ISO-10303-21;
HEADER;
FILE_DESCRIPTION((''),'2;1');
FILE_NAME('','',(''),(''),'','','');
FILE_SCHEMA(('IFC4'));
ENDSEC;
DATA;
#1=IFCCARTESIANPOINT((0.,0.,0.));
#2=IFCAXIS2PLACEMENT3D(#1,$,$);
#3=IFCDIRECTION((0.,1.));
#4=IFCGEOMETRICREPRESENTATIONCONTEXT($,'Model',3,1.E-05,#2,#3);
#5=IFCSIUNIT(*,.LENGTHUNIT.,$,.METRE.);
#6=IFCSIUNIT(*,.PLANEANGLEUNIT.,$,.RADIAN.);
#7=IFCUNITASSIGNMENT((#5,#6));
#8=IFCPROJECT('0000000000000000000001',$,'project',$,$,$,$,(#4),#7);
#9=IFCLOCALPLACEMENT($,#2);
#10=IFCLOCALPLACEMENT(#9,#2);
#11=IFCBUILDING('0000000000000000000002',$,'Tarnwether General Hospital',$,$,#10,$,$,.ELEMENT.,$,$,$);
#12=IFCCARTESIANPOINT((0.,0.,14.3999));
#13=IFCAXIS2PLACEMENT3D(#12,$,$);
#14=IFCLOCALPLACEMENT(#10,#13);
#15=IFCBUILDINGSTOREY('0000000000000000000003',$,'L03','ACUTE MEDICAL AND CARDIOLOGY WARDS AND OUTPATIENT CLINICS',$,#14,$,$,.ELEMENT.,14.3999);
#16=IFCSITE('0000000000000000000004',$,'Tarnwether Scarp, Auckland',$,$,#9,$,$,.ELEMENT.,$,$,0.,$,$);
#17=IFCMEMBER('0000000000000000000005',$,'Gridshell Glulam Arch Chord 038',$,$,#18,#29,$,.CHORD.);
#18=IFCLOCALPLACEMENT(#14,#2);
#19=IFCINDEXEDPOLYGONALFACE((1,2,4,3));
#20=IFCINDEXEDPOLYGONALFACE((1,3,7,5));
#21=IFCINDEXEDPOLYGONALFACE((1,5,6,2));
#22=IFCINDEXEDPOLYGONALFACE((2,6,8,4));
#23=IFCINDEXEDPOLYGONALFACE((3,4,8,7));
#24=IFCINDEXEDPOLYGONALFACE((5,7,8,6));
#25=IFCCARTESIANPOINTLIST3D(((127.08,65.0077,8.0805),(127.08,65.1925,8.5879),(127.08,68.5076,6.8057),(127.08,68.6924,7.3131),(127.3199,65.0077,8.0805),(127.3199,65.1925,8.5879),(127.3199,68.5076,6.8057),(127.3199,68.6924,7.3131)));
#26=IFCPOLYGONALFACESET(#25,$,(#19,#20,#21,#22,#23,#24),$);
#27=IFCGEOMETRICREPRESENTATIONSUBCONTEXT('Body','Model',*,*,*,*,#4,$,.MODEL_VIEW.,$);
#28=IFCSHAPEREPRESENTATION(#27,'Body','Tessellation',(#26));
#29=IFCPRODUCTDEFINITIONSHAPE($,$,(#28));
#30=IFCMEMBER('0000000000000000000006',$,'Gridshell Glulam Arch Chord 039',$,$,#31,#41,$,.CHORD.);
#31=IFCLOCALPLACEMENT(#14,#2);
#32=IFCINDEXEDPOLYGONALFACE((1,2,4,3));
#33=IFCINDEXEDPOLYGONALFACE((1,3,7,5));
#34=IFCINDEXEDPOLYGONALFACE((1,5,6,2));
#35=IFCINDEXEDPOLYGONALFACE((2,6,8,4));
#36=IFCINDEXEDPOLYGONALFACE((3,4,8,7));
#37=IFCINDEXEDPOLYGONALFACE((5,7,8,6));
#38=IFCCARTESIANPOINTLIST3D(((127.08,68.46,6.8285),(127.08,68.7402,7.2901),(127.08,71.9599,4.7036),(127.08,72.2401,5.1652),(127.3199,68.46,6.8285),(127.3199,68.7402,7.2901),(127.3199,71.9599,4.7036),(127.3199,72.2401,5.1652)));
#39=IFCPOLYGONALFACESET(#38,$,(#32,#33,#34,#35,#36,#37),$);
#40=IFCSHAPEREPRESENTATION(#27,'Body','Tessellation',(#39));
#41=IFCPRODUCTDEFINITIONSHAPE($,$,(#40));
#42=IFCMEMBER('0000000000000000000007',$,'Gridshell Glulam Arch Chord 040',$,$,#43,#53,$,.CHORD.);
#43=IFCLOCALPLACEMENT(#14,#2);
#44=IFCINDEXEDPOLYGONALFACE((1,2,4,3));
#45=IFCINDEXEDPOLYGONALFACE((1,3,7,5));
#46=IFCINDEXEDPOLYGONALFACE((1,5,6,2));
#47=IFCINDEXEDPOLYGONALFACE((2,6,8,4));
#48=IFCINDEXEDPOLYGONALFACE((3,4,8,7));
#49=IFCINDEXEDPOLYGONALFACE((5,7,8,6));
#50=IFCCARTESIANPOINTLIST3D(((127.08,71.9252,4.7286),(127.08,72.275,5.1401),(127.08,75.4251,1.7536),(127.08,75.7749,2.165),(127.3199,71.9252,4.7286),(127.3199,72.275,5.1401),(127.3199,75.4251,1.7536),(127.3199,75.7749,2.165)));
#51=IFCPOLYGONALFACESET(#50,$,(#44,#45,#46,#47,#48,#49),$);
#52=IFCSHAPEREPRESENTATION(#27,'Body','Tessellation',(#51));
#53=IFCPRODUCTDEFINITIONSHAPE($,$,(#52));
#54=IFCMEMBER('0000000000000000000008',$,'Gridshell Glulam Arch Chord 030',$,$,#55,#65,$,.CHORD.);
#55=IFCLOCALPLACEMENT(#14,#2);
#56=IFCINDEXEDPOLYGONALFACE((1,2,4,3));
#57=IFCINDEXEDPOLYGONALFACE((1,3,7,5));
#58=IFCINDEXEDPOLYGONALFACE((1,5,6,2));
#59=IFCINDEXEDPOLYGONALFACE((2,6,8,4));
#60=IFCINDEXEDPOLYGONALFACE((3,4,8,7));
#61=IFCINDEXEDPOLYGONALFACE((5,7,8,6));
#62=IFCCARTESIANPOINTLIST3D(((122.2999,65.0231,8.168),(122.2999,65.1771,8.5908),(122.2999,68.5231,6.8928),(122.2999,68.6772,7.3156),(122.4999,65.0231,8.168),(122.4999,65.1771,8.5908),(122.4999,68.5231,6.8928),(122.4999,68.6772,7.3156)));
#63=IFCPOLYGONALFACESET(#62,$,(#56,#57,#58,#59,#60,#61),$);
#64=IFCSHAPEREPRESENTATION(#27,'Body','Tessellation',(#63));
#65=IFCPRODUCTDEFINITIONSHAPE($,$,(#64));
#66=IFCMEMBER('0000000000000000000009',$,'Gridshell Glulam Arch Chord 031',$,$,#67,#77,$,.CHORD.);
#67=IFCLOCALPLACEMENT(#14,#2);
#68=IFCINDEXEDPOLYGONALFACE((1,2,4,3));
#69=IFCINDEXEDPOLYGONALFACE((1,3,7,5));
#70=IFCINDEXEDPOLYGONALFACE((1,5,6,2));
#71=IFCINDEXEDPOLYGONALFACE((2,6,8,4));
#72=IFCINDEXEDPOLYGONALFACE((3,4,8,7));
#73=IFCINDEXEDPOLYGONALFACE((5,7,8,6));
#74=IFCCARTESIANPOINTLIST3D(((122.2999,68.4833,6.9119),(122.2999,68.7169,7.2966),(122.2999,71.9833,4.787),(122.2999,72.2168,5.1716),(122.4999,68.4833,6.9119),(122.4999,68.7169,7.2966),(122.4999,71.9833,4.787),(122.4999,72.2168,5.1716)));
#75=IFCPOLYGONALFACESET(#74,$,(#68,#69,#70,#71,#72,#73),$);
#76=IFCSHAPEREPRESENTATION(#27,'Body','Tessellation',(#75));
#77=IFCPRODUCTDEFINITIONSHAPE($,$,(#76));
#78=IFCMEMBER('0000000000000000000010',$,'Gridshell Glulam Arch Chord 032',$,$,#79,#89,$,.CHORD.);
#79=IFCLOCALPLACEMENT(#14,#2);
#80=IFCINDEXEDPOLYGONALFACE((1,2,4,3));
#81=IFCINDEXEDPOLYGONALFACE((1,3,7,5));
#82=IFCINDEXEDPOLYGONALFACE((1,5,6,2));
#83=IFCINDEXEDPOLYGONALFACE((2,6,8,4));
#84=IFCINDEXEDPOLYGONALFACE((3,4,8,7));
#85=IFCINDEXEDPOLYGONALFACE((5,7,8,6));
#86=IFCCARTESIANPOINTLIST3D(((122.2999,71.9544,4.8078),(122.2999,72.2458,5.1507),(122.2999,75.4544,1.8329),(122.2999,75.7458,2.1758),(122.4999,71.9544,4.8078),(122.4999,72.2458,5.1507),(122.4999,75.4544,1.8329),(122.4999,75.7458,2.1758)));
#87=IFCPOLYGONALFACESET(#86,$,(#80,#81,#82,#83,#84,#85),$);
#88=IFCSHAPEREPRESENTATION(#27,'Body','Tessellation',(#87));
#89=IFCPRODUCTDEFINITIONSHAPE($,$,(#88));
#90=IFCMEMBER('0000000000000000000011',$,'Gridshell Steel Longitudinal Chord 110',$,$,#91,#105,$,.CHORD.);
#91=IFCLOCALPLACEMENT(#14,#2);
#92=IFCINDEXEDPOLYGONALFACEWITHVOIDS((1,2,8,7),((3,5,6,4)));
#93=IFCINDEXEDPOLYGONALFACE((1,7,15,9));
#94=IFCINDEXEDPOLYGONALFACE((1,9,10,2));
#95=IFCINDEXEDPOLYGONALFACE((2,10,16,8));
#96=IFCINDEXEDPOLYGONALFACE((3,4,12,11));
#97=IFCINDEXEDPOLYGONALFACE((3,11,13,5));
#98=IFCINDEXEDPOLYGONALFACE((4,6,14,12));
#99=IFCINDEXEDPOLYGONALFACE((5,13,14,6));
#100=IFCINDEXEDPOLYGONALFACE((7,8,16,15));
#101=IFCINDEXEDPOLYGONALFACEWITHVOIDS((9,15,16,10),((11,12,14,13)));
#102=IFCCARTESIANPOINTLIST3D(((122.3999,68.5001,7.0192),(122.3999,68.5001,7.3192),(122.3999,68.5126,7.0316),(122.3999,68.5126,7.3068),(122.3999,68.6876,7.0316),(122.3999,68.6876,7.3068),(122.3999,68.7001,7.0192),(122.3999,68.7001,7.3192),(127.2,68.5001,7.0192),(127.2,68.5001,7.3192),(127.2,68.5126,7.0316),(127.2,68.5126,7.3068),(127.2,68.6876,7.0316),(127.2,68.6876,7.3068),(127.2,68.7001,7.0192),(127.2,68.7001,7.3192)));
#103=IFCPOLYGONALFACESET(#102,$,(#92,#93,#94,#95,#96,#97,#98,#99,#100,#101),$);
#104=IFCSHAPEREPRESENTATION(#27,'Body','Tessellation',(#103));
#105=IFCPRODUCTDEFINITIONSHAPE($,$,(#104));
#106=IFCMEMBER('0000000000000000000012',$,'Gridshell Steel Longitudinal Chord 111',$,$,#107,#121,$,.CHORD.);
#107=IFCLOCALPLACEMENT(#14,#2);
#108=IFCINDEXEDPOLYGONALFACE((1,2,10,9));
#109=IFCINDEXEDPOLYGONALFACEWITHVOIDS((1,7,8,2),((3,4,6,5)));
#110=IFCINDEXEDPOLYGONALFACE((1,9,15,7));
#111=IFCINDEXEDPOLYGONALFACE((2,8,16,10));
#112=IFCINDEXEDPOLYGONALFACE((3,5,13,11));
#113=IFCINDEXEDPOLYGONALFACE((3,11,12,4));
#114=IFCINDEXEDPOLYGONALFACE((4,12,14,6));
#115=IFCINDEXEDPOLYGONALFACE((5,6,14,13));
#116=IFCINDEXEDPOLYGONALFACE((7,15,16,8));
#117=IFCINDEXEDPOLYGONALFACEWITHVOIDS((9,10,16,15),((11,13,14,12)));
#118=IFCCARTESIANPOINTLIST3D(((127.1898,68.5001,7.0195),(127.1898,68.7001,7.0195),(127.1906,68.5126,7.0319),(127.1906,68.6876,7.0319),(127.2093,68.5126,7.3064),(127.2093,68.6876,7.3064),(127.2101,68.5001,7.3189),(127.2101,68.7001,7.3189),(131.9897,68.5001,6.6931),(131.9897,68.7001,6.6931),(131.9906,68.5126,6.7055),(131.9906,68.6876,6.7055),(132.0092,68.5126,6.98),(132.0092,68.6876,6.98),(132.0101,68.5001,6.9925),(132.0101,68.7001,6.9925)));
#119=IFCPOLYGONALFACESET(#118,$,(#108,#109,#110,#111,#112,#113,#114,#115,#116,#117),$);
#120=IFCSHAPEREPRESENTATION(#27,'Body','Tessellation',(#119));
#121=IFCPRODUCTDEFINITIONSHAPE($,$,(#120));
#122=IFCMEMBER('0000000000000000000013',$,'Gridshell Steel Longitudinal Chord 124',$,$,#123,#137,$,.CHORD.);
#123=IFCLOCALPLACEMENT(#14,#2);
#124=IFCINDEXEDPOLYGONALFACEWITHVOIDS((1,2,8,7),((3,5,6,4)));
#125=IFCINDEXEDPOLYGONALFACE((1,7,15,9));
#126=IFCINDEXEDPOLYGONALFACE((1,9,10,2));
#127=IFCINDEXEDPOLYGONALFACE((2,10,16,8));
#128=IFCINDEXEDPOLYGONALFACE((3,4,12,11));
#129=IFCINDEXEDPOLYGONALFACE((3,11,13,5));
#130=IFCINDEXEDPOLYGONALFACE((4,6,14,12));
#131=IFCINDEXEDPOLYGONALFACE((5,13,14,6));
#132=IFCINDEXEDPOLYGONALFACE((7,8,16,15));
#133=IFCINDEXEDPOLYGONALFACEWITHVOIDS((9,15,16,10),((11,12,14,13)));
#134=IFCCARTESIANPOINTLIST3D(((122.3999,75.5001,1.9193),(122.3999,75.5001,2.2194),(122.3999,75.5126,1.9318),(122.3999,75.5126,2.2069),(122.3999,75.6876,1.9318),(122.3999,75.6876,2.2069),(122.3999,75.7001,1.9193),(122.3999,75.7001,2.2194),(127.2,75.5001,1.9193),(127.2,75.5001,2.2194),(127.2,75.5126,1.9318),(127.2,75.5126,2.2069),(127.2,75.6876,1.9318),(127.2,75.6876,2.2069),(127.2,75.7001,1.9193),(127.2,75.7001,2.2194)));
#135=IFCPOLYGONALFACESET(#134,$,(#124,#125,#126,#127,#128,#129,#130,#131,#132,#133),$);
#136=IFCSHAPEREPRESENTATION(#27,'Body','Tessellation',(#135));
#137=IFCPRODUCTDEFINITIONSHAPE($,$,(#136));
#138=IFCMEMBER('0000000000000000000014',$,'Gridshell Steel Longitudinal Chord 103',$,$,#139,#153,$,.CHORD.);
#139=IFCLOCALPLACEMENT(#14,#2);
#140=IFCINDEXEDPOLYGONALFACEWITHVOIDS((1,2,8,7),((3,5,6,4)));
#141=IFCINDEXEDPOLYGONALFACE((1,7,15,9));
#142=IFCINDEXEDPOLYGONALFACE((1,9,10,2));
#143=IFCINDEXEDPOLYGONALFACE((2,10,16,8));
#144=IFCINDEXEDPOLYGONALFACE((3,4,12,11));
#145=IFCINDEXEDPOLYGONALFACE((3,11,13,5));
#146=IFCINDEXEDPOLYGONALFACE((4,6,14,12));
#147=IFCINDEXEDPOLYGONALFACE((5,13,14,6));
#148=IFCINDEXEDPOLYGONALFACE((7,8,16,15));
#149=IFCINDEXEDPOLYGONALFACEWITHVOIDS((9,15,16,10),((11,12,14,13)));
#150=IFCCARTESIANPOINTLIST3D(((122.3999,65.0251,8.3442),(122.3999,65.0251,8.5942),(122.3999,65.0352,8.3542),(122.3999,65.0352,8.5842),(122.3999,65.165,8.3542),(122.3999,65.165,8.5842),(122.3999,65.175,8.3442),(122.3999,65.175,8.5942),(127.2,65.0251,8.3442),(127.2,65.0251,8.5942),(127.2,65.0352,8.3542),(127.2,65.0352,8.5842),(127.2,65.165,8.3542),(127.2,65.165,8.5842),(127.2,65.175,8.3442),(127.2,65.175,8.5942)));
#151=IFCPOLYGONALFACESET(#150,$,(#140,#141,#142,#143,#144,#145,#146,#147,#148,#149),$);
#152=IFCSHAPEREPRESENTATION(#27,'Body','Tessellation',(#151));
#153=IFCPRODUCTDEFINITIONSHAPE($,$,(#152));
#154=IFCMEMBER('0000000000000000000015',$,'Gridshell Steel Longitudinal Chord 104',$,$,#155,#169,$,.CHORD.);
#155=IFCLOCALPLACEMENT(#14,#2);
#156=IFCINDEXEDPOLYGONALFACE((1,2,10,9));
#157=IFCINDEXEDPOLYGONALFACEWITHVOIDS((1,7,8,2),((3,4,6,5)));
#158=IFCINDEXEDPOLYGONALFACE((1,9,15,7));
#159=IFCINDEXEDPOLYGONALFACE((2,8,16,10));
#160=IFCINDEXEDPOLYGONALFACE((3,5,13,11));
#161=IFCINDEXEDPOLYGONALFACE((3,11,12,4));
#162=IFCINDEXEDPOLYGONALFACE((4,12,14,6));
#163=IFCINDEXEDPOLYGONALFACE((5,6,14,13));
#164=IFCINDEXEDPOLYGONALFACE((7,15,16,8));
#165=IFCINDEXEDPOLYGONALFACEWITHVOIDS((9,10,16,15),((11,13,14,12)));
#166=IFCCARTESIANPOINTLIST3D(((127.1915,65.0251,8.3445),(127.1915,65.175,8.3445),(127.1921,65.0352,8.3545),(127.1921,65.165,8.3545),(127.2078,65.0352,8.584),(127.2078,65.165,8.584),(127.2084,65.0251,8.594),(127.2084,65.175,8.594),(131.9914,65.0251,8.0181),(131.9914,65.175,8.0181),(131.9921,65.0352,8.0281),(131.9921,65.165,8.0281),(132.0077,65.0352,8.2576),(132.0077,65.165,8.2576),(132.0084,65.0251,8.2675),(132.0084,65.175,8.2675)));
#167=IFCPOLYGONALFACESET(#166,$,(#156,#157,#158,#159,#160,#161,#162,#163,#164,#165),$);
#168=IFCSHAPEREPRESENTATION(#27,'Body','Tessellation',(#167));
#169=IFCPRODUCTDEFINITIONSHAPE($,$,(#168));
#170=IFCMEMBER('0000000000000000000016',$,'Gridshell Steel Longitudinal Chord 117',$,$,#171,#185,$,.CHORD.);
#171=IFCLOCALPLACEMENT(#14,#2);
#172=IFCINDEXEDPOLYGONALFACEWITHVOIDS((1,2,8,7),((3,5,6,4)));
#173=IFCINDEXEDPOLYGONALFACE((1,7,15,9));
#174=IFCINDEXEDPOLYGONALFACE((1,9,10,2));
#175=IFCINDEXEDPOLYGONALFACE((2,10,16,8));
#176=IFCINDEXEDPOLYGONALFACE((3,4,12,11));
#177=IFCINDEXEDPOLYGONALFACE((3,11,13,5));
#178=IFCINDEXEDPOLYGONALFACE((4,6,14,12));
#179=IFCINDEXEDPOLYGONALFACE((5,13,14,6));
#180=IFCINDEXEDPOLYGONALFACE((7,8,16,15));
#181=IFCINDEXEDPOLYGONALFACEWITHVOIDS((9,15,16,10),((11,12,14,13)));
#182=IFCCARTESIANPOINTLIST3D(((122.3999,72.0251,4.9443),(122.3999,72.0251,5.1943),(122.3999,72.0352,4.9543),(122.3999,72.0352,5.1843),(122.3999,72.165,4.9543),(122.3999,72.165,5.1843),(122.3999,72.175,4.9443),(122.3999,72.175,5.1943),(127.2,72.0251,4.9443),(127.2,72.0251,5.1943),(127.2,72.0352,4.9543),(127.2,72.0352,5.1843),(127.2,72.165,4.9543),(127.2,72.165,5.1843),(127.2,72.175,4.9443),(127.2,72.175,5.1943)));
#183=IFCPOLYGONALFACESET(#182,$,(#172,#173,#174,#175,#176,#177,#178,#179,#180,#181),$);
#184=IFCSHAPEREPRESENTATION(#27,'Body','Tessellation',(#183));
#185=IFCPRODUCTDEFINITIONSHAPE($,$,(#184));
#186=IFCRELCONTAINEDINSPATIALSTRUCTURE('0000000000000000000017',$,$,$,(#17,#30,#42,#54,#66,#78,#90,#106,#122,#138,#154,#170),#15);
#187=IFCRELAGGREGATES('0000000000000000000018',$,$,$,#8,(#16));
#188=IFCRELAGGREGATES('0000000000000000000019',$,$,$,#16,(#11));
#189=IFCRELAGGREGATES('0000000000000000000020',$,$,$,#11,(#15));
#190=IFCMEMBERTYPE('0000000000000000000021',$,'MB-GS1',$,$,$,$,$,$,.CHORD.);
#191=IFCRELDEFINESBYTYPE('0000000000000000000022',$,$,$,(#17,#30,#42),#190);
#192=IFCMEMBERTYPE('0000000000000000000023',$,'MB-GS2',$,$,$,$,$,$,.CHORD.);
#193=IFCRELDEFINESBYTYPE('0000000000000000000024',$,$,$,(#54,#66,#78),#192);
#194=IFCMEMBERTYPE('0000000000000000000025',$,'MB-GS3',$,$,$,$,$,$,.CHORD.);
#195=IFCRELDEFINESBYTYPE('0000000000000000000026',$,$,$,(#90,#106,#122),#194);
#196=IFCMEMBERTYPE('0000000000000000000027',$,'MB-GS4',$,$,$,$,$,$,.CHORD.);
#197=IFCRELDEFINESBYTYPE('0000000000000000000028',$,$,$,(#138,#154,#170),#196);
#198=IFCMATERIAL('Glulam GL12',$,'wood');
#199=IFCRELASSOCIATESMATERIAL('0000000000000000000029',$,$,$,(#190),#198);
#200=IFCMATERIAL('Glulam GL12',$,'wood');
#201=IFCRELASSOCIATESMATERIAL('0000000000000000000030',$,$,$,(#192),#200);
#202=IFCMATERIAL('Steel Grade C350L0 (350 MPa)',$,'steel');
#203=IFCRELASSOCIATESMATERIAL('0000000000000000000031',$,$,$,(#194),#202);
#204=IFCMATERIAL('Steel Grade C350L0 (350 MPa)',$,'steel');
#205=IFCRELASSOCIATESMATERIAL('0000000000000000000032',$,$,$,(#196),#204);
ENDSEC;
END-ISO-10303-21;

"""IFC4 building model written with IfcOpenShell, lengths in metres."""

from ifc_helpers import new_model, si_unit, direction, frame, origin, origin_2d, place, context, subcontext, project, spatial, rectangle, hollow_rectangle, extrude, material, material_profile, profile_set, type_object, element, save


model = new_model("IFC4")

# Units and contexts
model_context = context("Model", 3, precision=1e-05, world=origin(), true_north=direction((0.0, 1.0)))
body_context = subcontext(model_context, "Body", "Model", "MODEL_VIEW")
ifc_project = project(units=[si_unit("LENGTHUNIT", "METRE"), si_unit("PLANEANGLEUNIT", "RADIAN")], contexts=[model_context])

# Site, building, storey
site_placement = place(None, origin())
site = spatial("IfcSite", under=ifc_project, at=site_placement, Name="Tarnwether Scarp, Auckland", CompositionType="ELEMENT", RefElevation=0.0)
building_placement = place(site_placement, origin())
building = spatial("IfcBuilding", under=site, at=building_placement, Name="Tarnwether General Hospital", CompositionType="ELEMENT")
storey_placement = place(building_placement, frame((0.0, 0.0, 14.3999)))
storey = spatial("IfcBuildingStorey", under=building, at=storey_placement, Name="L03", Description="ACUTE MEDICAL AND CARDIOLOGY WARDS AND OUTPATIENT CLINICS", CompositionType="ELEMENT", Elevation=14.3999)

# Members
ifc_material_1 = material(Name="Glulam GL12", Category="wood")
ifc_material_profile_1 = material_profile(ifc_material_1, rectangle(XDim=0.24, YDim=0.54, at=origin_2d()), Name="GL12-240x540")
ifc_profile_set_1 = profile_set([ifc_material_profile_1], Name="Glulam GL12")
member_type_1 = type_object("IfcMemberType", Name="MB-GS1", PredefinedType="CHORD", material=ifc_profile_set_1)
member_1_placement = place(storey_placement, frame((127.2, 65.1001, 8.3342), z_axis=(0.0, 0.939606, -0.342259), x_axis=(-1.0, 0.0, 0.0)))
element("IfcMember", 1, at=member_1_placement, inside=storey, type_object=member_type_1, Name="Gridshell Glulam Arch Chord 038", PredefinedType="CHORD", context=body_context, shape_type="SweptSolid", body=[
    extrude(rectangle(XDim=0.24, YDim=0.54, at=origin_2d()), origin(), (0.0, 0.0, 1.0), 3.7249),
])
member_2_placement = place(storey_placement, frame((127.2, 68.6001, 7.0593), z_axis=(0.0, 0.854788, -0.518978), x_axis=(-1.0, 0.0, 0.0)))
element("IfcMember", 2, at=member_2_placement, inside=storey, type_object=member_type_1, Name="Gridshell Glulam Arch Chord 039", PredefinedType="CHORD", context=body_context, shape_type="SweptSolid", body=[
    extrude(rectangle(XDim=0.24, YDim=0.54, at=origin_2d()), origin(), (0.0, 0.0, 1.0), 4.0945),
])
member_3_placement = place(storey_placement, frame((127.2, 72.1001, 4.9343), z_axis=(0.0, 0.761929, -0.647661), x_axis=(-1.0, 0.0, 0.0)))
element("IfcMember", 3, at=member_3_placement, inside=storey, type_object=member_type_1, Name="Gridshell Glulam Arch Chord 040", PredefinedType="CHORD", context=body_context, shape_type="SweptSolid", body=[
    extrude(rectangle(XDim=0.24, YDim=0.54, at=origin_2d()), origin(), (0.0, 0.0, 1.0), 4.5935),
])
ifc_material_2 = material(Name="Glulam GL12", Category="wood")
ifc_material_profile_2 = material_profile(ifc_material_2, rectangle(XDim=0.2, YDim=0.45, at=origin_2d()), Name="GL12-200x450")
ifc_profile_set_2 = profile_set([ifc_material_profile_2], Name="Glulam GL12")
member_type_2 = type_object("IfcMemberType", Name="MB-GS2", PredefinedType="CHORD", material=ifc_profile_set_2)
member_4_placement = place(storey_placement, frame((122.3999, 65.1001, 8.3794), z_axis=(0.0, 0.939585, -0.342317), x_axis=(-1.0, 0.0, 0.0)))
element("IfcMember", 4, at=member_4_placement, inside=storey, type_object=member_type_2, Name="Gridshell Glulam Arch Chord 030", PredefinedType="CHORD", context=body_context, shape_type="SweptSolid", body=[
    extrude(rectangle(XDim=0.2, YDim=0.45, at=origin_2d()), origin(), (0.0, 0.0, 1.0), 3.7251),
])
member_5_placement = place(storey_placement, frame((122.3999, 68.6001, 7.1042), z_axis=(0.0, 0.854788, -0.518978), x_axis=(-1.0, 0.0, 0.0)))
element("IfcMember", 5, at=member_5_placement, inside=storey, type_object=member_type_2, Name="Gridshell Glulam Arch Chord 031", PredefinedType="CHORD", context=body_context, shape_type="SweptSolid", body=[
    extrude(rectangle(XDim=0.2, YDim=0.45, at=origin_2d()), origin(), (0.0, 0.0, 1.0), 4.0945),
])
member_6_placement = place(storey_placement, frame((122.3999, 72.1001, 4.9792), z_axis=(0.0, 0.761955, -0.64763), x_axis=(-1.0, 0.0, 0.0)))
element("IfcMember", 6, at=member_6_placement, inside=storey, type_object=member_type_2, Name="Gridshell Glulam Arch Chord 032", PredefinedType="CHORD", context=body_context, shape_type="SweptSolid", body=[
    extrude(rectangle(XDim=0.2, YDim=0.45, at=origin_2d()), origin(), (0.0, 0.0, 1.0), 4.5935),
])
ifc_material_3 = material(Name="Steel Grade C350L0 (350 MPa)", Category="steel")
ifc_material_profile_3 = material_profile(ifc_material_3, hollow_rectangle(XDim=0.2, YDim=0.3, WallThickness=0.0125, at=origin_2d()), Name="RHS300x200x12.5")
ifc_profile_set_3 = profile_set([ifc_material_profile_3], Name="Steel Grade C350L0 (350 MPa)")
member_type_3 = type_object("IfcMemberType", Name="MB-GS3", PredefinedType="CHORD", material=ifc_profile_set_3)
member_7_placement = place(storey_placement, frame((122.3999, 68.6001, 7.1692), z_axis=(1.0, 0.0, 0.0), x_axis=(0.0, 1.0, 0.0)))
element("IfcMember", 7, at=member_7_placement, inside=storey, type_object=member_type_3, Name="Gridshell Steel Longitudinal Chord 110", PredefinedType="CHORD", context=body_context, shape_type="SweptSolid", body=[
    extrude(hollow_rectangle(XDim=0.2, YDim=0.3, WallThickness=0.0125, at=origin_2d()), origin(), (0.0, 0.0, 1.0), 4.8),
])
member_8_placement = place(storey_placement, frame((127.2, 68.6001, 7.1692), z_axis=(0.997696, 0.0, -0.067846), x_axis=(0.0, 1.0, 0.0)))
element("IfcMember", 8, at=member_8_placement, inside=storey, type_object=member_type_3, Name="Gridshell Steel Longitudinal Chord 111", PredefinedType="CHORD", context=body_context, shape_type="SweptSolid", body=[
    extrude(hollow_rectangle(XDim=0.2, YDim=0.3, WallThickness=0.0125, at=origin_2d()), origin(), (0.0, 0.0, 1.0), 4.811),
])
member_9_placement = place(storey_placement, frame((122.3999, 75.6001, 2.0693), z_axis=(1.0, 0.0, 0.0), x_axis=(0.0, 1.0, 0.0)))
element("IfcMember", 9, at=member_9_placement, inside=storey, type_object=member_type_3, Name="Gridshell Steel Longitudinal Chord 124", PredefinedType="CHORD", context=body_context, shape_type="SweptSolid", body=[
    extrude(hollow_rectangle(XDim=0.2, YDim=0.3, WallThickness=0.0125, at=origin_2d()), origin(), (0.0, 0.0, 1.0), 4.8),
])
ifc_material_4 = material(Name="Steel Grade C350L0 (350 MPa)", Category="steel")
ifc_material_profile_4 = material_profile(ifc_material_4, hollow_rectangle(XDim=0.1499, YDim=0.25, WallThickness=0.01, at=origin_2d()), Name="RHS250x150x10")
ifc_profile_set_4 = profile_set([ifc_material_profile_4], Name="Steel Grade C350L0 (350 MPa)")
member_type_4 = type_object("IfcMemberType", Name="MB-GS4", PredefinedType="CHORD", material=ifc_profile_set_4)
member_10_placement = place(storey_placement, frame((122.3999, 65.1001, 8.4692), z_axis=(1.0, 0.0, 0.0), x_axis=(0.0, 1.0, 0.0)))
element("IfcMember", 10, at=member_10_placement, inside=storey, type_object=member_type_4, Name="Gridshell Steel Longitudinal Chord 103", PredefinedType="CHORD", context=body_context, shape_type="SweptSolid", body=[
    extrude(hollow_rectangle(XDim=0.1499, YDim=0.25, WallThickness=0.01, at=origin_2d()), origin(), (0.0, 0.0, 1.0), 4.8),
])
member_11_placement = place(storey_placement, frame((127.2, 65.1001, 8.4692), z_axis=(0.997696, 0.0, -0.067846), x_axis=(0.0, 1.0, 0.0)))
element("IfcMember", 11, at=member_11_placement, inside=storey, type_object=member_type_4, Name="Gridshell Steel Longitudinal Chord 104", PredefinedType="CHORD", context=body_context, shape_type="SweptSolid", body=[
    extrude(hollow_rectangle(XDim=0.1499, YDim=0.25, WallThickness=0.01, at=origin_2d()), origin(), (0.0, 0.0, 1.0), 4.811),
])
member_12_placement = place(storey_placement, frame((122.3999, 72.1001, 5.0693), z_axis=(1.0, 0.0, 0.0), x_axis=(0.0, 1.0, 0.0)))
element("IfcMember", 12, at=member_12_placement, inside=storey, type_object=member_type_4, Name="Gridshell Steel Longitudinal Chord 117", PredefinedType="CHORD", context=body_context, shape_type="SweptSolid", body=[
    extrude(hollow_rectangle(XDim=0.1499, YDim=0.25, WallThickness=0.01, at=origin_2d()), origin(), (0.0, 0.0, 1.0), 4.8),
])

save(model, "model.ifc")
